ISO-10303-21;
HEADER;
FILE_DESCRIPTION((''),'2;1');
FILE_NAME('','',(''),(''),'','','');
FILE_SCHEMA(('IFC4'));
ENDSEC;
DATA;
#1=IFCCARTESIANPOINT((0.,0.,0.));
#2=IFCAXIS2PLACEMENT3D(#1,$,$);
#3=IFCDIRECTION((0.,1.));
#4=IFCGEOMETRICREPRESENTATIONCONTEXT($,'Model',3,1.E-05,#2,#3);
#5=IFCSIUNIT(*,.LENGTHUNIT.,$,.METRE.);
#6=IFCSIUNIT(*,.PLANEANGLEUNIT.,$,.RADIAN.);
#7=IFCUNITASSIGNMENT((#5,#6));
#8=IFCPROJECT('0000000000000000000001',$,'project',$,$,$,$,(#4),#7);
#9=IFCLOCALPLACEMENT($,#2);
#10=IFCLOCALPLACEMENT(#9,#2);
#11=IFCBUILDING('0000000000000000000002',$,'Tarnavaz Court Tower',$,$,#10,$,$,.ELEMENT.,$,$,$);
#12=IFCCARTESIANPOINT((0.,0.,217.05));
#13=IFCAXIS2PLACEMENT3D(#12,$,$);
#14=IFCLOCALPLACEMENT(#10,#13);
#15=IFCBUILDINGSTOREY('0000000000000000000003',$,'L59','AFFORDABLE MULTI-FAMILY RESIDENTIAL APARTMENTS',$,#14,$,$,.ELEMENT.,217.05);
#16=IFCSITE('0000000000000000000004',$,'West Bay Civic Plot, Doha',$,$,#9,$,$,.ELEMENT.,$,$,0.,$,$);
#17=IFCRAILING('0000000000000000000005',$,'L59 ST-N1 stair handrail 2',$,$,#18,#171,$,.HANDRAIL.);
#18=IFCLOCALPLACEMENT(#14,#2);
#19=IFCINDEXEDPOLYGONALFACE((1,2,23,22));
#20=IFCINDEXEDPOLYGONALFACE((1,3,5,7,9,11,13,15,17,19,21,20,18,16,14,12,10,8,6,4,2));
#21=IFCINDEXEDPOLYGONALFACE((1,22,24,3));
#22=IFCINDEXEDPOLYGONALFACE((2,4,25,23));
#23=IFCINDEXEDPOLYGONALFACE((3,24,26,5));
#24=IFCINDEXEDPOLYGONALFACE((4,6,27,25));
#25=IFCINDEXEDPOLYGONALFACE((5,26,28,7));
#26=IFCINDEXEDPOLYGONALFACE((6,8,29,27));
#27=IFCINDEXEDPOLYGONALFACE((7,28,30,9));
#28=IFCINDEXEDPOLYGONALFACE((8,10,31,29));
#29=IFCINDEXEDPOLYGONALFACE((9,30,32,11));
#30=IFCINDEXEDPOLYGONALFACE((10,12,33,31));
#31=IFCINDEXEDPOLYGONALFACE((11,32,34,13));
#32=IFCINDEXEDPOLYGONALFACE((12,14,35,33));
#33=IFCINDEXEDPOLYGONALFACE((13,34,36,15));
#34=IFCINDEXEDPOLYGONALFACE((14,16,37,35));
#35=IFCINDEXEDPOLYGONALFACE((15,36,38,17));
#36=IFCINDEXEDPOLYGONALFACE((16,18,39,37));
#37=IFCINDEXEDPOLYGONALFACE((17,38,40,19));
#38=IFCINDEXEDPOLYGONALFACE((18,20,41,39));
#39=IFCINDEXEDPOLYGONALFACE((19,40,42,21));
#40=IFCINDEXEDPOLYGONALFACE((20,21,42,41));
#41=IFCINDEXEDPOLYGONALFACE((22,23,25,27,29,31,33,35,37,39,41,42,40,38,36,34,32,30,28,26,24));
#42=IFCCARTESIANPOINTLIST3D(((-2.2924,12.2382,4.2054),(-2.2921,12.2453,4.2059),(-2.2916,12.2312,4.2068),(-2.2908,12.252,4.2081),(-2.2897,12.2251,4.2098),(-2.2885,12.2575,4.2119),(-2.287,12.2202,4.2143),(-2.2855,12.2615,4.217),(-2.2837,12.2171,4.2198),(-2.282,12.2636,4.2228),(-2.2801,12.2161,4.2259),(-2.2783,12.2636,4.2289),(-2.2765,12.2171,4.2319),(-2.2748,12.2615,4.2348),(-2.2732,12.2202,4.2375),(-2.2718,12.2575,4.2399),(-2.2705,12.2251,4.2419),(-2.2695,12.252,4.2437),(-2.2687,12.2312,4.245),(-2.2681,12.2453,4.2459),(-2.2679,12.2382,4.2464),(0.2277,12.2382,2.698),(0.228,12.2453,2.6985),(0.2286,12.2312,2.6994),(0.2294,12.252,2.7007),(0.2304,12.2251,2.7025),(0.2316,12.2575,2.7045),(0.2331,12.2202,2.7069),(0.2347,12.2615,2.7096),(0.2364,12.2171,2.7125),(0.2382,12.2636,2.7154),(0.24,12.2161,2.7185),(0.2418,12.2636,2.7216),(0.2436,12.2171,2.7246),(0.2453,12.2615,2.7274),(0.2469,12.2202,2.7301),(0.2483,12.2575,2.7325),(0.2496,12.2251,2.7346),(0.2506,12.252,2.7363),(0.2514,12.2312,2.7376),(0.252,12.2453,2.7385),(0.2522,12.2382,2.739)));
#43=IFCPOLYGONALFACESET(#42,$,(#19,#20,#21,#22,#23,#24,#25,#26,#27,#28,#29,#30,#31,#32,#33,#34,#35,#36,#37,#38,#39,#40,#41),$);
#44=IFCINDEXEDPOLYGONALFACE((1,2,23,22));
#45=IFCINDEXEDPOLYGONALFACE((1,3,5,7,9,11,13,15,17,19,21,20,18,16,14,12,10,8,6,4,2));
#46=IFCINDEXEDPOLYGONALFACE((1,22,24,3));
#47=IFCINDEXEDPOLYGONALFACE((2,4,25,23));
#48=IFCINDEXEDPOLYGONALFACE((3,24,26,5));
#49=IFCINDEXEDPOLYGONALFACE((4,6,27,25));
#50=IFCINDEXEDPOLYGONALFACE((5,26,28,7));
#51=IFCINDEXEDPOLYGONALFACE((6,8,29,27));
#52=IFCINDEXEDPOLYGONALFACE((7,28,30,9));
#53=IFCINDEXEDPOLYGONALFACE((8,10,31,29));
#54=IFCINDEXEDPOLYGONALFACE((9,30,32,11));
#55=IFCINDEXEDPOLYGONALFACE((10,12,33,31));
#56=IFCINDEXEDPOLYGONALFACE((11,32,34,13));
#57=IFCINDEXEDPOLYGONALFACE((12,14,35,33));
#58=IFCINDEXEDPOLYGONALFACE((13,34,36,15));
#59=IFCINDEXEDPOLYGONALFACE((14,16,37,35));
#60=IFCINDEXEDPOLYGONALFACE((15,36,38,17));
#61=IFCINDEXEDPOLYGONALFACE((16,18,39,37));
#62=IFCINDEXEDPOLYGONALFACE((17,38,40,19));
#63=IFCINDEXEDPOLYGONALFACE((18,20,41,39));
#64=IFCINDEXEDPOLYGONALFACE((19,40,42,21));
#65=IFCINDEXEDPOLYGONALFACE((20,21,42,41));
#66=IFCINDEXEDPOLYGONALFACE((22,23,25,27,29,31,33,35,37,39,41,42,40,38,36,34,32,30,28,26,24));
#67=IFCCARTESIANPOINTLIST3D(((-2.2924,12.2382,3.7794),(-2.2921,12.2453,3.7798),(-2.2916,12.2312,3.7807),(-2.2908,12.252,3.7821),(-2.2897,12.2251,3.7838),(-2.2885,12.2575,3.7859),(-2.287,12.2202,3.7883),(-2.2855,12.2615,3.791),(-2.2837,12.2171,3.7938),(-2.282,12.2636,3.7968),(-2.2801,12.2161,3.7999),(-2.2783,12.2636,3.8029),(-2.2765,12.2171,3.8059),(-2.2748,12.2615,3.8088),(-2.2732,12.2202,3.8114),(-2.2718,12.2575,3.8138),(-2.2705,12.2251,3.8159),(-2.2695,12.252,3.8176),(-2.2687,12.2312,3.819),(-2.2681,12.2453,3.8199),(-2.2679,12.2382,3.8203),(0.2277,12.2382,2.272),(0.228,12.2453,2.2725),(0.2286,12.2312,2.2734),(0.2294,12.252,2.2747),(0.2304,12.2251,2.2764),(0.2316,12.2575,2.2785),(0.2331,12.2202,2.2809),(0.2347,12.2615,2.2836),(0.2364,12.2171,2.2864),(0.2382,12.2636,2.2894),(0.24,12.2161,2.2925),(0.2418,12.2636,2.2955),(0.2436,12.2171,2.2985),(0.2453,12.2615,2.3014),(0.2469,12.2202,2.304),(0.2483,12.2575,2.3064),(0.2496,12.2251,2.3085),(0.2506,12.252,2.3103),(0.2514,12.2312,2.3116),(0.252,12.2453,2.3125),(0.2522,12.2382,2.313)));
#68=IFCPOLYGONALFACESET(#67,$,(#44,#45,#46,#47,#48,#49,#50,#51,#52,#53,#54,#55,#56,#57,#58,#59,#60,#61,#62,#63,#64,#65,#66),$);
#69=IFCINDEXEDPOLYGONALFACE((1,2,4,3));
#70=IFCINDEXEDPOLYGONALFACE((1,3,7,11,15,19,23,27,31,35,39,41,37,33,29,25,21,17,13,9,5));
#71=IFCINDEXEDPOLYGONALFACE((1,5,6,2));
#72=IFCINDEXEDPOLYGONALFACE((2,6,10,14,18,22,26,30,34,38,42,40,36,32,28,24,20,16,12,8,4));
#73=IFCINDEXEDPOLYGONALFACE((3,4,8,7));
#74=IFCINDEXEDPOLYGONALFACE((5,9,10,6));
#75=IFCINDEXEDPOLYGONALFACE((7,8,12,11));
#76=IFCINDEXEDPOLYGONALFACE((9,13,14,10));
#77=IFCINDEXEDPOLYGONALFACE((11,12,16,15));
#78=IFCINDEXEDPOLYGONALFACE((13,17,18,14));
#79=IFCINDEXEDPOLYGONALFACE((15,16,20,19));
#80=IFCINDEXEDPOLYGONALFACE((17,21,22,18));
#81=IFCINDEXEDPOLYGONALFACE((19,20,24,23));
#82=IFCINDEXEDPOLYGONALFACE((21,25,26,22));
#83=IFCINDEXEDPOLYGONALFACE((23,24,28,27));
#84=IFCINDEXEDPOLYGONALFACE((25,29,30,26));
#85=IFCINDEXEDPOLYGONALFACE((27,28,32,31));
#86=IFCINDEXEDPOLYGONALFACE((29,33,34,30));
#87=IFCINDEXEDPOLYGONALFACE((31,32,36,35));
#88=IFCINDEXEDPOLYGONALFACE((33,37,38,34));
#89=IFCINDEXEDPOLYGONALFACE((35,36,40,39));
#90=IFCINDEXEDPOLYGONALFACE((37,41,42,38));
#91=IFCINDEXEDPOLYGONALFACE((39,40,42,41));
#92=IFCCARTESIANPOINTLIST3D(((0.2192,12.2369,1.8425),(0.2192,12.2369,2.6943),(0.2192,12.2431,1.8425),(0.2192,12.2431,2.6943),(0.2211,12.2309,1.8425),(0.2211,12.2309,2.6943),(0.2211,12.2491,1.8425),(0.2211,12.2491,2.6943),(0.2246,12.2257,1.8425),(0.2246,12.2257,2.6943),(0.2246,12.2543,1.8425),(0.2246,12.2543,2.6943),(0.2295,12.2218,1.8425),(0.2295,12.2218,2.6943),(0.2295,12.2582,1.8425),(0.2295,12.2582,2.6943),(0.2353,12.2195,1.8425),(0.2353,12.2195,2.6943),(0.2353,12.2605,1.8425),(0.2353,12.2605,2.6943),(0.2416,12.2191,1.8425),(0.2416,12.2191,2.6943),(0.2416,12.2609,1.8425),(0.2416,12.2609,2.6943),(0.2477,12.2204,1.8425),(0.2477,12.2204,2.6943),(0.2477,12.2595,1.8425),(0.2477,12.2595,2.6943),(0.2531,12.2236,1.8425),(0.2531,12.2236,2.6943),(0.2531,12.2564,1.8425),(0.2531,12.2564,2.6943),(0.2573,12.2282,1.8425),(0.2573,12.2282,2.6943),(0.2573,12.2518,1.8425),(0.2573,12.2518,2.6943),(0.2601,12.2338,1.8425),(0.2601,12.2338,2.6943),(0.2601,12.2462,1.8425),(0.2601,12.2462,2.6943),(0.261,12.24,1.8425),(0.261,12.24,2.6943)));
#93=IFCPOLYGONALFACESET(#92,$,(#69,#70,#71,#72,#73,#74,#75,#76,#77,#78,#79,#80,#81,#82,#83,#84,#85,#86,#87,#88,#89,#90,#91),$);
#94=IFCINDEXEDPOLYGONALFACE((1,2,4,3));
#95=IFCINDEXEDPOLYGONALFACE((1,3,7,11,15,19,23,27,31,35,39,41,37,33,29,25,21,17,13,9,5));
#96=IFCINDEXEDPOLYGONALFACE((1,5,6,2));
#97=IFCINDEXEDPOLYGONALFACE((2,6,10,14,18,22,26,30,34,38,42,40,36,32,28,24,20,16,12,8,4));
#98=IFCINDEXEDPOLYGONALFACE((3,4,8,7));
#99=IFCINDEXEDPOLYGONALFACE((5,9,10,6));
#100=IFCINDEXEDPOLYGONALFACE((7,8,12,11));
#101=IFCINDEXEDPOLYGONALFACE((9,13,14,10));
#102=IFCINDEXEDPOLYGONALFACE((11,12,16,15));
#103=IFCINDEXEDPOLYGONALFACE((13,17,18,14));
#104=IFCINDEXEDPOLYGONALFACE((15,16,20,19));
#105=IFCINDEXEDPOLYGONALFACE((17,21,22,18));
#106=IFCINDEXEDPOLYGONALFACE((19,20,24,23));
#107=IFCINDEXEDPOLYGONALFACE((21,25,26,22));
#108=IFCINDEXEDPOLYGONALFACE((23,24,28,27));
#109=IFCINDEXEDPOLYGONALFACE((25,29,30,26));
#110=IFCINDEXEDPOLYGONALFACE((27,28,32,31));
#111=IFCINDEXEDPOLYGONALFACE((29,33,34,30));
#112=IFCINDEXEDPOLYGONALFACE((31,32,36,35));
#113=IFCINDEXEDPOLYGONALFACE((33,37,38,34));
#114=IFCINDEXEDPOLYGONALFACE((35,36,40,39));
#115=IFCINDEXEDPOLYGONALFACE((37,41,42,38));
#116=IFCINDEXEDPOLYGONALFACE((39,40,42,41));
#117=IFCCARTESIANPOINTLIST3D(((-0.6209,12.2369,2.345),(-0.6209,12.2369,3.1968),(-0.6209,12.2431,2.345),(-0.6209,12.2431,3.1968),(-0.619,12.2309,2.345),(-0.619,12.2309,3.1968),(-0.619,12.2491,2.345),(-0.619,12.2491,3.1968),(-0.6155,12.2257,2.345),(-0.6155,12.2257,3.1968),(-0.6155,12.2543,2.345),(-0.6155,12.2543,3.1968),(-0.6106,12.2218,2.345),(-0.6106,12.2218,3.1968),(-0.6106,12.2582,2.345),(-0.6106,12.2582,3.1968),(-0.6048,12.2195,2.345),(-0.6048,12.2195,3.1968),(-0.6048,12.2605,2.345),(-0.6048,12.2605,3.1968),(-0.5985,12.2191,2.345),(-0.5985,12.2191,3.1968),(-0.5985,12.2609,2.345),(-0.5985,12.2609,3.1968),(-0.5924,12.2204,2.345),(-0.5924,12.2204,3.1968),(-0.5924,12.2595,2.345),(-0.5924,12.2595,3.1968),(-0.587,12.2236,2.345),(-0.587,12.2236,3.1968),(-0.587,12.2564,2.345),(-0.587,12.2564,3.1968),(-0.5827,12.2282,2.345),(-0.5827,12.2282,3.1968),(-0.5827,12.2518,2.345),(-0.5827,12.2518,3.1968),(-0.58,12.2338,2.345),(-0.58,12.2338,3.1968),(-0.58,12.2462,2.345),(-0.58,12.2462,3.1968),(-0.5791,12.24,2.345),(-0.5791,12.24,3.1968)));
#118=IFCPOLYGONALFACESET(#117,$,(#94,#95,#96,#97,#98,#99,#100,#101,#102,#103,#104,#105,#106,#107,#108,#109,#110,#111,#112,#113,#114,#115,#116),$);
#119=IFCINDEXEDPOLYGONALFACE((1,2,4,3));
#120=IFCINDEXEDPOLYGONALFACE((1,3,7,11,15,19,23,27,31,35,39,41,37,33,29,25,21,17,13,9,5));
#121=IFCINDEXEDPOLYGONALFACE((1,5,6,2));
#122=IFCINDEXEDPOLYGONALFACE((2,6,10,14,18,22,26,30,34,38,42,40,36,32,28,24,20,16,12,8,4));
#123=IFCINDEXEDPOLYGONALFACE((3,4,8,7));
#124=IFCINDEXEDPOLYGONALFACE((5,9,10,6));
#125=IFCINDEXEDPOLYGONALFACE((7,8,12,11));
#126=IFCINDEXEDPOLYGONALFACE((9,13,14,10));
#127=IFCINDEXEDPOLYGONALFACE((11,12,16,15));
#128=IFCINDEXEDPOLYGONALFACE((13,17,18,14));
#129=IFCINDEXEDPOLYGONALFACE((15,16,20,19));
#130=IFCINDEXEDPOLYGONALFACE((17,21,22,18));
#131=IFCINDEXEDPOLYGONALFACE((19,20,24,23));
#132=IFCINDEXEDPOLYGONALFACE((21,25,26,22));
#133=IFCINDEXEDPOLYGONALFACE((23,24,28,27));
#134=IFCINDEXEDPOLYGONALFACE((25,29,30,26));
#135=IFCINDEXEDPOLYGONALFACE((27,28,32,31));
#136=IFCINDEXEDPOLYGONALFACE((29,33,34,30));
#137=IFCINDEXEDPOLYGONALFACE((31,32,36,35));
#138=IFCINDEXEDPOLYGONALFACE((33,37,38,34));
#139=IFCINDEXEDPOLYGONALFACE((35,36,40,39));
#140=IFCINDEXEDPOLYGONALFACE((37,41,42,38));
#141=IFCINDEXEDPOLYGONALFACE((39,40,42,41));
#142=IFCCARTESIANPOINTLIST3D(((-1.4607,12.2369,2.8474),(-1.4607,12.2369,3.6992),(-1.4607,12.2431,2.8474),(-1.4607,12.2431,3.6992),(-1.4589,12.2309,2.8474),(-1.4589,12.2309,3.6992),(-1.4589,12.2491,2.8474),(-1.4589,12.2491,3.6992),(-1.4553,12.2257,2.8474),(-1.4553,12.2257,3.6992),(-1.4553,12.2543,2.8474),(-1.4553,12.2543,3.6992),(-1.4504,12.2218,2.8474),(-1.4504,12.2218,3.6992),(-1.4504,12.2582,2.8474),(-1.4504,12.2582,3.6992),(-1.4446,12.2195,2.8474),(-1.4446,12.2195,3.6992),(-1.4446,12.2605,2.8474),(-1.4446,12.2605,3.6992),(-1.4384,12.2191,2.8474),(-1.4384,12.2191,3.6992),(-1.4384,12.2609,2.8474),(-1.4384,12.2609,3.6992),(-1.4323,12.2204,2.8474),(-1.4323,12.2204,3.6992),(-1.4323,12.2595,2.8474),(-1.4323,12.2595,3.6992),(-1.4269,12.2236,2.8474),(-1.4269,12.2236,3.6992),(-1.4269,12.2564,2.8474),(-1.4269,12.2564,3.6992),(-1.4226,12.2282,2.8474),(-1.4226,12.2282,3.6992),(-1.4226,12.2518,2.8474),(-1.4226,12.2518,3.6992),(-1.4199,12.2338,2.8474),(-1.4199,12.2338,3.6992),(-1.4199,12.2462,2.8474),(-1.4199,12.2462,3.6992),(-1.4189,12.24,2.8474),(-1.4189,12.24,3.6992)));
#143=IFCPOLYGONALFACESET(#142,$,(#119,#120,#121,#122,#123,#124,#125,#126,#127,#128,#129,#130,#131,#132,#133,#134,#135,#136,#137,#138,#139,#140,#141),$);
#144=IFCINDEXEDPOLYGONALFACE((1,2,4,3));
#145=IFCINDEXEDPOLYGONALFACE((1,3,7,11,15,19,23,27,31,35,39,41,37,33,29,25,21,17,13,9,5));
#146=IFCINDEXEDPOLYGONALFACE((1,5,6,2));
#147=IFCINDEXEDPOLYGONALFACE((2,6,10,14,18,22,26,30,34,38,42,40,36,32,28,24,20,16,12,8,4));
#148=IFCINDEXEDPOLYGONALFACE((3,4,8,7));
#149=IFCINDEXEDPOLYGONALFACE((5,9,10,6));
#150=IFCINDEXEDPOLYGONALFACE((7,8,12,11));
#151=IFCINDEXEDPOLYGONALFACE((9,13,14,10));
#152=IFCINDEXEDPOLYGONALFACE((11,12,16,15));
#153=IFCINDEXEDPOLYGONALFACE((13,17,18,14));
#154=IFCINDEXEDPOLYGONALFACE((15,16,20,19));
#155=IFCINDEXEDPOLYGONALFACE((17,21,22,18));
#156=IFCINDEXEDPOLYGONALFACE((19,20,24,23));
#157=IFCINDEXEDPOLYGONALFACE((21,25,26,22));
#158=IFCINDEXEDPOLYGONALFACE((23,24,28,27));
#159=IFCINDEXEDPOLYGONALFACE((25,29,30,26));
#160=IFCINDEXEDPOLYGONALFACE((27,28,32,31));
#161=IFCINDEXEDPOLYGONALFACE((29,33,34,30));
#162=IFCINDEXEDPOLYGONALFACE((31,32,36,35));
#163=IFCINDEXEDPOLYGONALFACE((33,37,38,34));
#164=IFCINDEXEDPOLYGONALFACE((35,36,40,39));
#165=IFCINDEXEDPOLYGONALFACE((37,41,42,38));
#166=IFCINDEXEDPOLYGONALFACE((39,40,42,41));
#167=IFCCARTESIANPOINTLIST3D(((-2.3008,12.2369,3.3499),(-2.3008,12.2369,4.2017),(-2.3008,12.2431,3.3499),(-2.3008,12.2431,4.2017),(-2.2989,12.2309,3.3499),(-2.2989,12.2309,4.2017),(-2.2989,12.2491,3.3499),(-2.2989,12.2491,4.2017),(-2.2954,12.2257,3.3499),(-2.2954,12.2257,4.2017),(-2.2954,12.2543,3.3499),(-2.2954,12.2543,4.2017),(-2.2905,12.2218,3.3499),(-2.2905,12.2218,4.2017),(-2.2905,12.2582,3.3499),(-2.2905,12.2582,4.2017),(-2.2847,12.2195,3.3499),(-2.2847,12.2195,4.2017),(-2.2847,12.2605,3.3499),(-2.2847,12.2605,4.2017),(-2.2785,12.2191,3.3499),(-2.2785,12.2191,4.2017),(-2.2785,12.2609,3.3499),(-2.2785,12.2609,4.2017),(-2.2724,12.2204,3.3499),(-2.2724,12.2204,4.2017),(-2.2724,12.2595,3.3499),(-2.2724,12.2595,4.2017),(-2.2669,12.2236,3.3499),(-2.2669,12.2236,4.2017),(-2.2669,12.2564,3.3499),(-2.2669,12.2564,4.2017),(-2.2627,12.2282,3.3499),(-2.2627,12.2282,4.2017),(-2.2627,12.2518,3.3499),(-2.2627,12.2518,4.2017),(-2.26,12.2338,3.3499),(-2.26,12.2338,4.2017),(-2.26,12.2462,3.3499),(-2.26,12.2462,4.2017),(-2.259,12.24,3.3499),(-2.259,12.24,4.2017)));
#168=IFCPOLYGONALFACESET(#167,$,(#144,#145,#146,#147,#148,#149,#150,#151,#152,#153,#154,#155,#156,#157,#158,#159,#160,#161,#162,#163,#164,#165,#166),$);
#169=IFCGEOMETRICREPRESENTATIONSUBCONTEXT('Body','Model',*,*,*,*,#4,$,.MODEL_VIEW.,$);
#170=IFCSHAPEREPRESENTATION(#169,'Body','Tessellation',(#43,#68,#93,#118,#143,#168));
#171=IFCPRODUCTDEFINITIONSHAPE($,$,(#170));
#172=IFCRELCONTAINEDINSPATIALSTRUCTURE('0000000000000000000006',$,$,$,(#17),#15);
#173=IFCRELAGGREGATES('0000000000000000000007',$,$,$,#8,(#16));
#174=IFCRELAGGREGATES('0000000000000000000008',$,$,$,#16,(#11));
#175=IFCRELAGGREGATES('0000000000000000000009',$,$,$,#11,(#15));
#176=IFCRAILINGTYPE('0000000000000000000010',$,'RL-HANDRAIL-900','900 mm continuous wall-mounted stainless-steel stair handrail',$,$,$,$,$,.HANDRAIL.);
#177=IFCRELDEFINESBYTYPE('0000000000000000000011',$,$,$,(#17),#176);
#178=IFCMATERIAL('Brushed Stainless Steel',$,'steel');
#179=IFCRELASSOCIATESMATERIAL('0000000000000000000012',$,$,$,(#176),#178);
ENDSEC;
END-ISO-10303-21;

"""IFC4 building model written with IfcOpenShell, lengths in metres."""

from ifc_helpers import new_model, si_unit, direction, frame, origin, origin_2d, place, context, subcontext, project, spatial, circle, extrude, material, type_object, element, save


model = new_model("IFC4")

# Units and contexts
model_context = context("Model", 3, precision=1e-05, world=origin(), true_north=direction((0.0, 1.0)))
body_context = subcontext(model_context, "Body", "Model", "MODEL_VIEW")
ifc_project = project(units=[si_unit("LENGTHUNIT", "METRE"), si_unit("PLANEANGLEUNIT", "RADIAN")], contexts=[model_context])

# Site, building, storey
site_placement = place(None, origin())
site = spatial("IfcSite", under=ifc_project, at=site_placement, Name="West Bay Civic Plot, Doha", CompositionType="ELEMENT", RefElevation=0.0)
building_placement = place(site_placement, origin())
building = spatial("IfcBuilding", under=site, at=building_placement, Name="Tarnavaz Court Tower", CompositionType="ELEMENT")
storey_placement = place(building_placement, frame((0.0, 0.0, 217.05)))
storey = spatial("IfcBuildingStorey", under=building, at=storey_placement, Name="L59", Description="AFFORDABLE MULTI-FAMILY RESIDENTIAL APARTMENTS", CompositionType="ELEMENT", Elevation=217.05)

# Railing
ifc_material_1 = material(Name="Brushed Stainless Steel", Category="steel")
railing_type_1 = type_object("IfcRailingType", Name="RL-HANDRAIL-900", Description="900 mm continuous wall-mounted stainless-steel stair handrail", PredefinedType="HANDRAIL", material=ifc_material_1)
railing_1_placement = place(storey_placement, frame((0.24, 12.24, 1.8425)))
element("IfcRailing", 1, at=railing_1_placement, inside=storey, type_object=railing_type_1, Name="L59 ST-N1 stair handrail 2", PredefinedType="HANDRAIL", context=body_context, shape_type="SweptSolid", body=[
    extrude(circle(Radius=0.0239, at=origin_2d()), frame((0.0, 0.0, 0.876), z_axis=(-0.858196, 0.0, 0.513321), x_axis=(0.0, -1.0, 0.0)), (0.0, 0.0, 1.0), 2.9365),
    extrude(circle(Radius=0.0239, at=origin_2d()), frame((0.0, 0.0, 0.45), z_axis=(-0.858196, 0.0, 0.513321), x_axis=(0.0, -1.0, 0.0)), (0.0, 0.0, 1.0), 2.9365),
    extrude(circle(Radius=0.021, at=origin_2d()), origin(), (0.0, 0.0, 1.0), 0.8518),
    extrude(circle(Radius=0.021, at=origin_2d()), frame((-0.8401, 0.0, 0.5024)), (0.0, 0.0, 1.0), 0.8518),
    extrude(circle(Radius=0.021, at=origin_2d()), frame((-1.6799, 0.0, 1.0049)), (0.0, 0.0, 1.0), 0.8518),
    extrude(circle(Radius=0.021, at=origin_2d()), frame((-2.52, 0.0, 1.5073)), (0.0, 0.0, 1.0), 0.8518),
])

save(model, "model.ifc")
